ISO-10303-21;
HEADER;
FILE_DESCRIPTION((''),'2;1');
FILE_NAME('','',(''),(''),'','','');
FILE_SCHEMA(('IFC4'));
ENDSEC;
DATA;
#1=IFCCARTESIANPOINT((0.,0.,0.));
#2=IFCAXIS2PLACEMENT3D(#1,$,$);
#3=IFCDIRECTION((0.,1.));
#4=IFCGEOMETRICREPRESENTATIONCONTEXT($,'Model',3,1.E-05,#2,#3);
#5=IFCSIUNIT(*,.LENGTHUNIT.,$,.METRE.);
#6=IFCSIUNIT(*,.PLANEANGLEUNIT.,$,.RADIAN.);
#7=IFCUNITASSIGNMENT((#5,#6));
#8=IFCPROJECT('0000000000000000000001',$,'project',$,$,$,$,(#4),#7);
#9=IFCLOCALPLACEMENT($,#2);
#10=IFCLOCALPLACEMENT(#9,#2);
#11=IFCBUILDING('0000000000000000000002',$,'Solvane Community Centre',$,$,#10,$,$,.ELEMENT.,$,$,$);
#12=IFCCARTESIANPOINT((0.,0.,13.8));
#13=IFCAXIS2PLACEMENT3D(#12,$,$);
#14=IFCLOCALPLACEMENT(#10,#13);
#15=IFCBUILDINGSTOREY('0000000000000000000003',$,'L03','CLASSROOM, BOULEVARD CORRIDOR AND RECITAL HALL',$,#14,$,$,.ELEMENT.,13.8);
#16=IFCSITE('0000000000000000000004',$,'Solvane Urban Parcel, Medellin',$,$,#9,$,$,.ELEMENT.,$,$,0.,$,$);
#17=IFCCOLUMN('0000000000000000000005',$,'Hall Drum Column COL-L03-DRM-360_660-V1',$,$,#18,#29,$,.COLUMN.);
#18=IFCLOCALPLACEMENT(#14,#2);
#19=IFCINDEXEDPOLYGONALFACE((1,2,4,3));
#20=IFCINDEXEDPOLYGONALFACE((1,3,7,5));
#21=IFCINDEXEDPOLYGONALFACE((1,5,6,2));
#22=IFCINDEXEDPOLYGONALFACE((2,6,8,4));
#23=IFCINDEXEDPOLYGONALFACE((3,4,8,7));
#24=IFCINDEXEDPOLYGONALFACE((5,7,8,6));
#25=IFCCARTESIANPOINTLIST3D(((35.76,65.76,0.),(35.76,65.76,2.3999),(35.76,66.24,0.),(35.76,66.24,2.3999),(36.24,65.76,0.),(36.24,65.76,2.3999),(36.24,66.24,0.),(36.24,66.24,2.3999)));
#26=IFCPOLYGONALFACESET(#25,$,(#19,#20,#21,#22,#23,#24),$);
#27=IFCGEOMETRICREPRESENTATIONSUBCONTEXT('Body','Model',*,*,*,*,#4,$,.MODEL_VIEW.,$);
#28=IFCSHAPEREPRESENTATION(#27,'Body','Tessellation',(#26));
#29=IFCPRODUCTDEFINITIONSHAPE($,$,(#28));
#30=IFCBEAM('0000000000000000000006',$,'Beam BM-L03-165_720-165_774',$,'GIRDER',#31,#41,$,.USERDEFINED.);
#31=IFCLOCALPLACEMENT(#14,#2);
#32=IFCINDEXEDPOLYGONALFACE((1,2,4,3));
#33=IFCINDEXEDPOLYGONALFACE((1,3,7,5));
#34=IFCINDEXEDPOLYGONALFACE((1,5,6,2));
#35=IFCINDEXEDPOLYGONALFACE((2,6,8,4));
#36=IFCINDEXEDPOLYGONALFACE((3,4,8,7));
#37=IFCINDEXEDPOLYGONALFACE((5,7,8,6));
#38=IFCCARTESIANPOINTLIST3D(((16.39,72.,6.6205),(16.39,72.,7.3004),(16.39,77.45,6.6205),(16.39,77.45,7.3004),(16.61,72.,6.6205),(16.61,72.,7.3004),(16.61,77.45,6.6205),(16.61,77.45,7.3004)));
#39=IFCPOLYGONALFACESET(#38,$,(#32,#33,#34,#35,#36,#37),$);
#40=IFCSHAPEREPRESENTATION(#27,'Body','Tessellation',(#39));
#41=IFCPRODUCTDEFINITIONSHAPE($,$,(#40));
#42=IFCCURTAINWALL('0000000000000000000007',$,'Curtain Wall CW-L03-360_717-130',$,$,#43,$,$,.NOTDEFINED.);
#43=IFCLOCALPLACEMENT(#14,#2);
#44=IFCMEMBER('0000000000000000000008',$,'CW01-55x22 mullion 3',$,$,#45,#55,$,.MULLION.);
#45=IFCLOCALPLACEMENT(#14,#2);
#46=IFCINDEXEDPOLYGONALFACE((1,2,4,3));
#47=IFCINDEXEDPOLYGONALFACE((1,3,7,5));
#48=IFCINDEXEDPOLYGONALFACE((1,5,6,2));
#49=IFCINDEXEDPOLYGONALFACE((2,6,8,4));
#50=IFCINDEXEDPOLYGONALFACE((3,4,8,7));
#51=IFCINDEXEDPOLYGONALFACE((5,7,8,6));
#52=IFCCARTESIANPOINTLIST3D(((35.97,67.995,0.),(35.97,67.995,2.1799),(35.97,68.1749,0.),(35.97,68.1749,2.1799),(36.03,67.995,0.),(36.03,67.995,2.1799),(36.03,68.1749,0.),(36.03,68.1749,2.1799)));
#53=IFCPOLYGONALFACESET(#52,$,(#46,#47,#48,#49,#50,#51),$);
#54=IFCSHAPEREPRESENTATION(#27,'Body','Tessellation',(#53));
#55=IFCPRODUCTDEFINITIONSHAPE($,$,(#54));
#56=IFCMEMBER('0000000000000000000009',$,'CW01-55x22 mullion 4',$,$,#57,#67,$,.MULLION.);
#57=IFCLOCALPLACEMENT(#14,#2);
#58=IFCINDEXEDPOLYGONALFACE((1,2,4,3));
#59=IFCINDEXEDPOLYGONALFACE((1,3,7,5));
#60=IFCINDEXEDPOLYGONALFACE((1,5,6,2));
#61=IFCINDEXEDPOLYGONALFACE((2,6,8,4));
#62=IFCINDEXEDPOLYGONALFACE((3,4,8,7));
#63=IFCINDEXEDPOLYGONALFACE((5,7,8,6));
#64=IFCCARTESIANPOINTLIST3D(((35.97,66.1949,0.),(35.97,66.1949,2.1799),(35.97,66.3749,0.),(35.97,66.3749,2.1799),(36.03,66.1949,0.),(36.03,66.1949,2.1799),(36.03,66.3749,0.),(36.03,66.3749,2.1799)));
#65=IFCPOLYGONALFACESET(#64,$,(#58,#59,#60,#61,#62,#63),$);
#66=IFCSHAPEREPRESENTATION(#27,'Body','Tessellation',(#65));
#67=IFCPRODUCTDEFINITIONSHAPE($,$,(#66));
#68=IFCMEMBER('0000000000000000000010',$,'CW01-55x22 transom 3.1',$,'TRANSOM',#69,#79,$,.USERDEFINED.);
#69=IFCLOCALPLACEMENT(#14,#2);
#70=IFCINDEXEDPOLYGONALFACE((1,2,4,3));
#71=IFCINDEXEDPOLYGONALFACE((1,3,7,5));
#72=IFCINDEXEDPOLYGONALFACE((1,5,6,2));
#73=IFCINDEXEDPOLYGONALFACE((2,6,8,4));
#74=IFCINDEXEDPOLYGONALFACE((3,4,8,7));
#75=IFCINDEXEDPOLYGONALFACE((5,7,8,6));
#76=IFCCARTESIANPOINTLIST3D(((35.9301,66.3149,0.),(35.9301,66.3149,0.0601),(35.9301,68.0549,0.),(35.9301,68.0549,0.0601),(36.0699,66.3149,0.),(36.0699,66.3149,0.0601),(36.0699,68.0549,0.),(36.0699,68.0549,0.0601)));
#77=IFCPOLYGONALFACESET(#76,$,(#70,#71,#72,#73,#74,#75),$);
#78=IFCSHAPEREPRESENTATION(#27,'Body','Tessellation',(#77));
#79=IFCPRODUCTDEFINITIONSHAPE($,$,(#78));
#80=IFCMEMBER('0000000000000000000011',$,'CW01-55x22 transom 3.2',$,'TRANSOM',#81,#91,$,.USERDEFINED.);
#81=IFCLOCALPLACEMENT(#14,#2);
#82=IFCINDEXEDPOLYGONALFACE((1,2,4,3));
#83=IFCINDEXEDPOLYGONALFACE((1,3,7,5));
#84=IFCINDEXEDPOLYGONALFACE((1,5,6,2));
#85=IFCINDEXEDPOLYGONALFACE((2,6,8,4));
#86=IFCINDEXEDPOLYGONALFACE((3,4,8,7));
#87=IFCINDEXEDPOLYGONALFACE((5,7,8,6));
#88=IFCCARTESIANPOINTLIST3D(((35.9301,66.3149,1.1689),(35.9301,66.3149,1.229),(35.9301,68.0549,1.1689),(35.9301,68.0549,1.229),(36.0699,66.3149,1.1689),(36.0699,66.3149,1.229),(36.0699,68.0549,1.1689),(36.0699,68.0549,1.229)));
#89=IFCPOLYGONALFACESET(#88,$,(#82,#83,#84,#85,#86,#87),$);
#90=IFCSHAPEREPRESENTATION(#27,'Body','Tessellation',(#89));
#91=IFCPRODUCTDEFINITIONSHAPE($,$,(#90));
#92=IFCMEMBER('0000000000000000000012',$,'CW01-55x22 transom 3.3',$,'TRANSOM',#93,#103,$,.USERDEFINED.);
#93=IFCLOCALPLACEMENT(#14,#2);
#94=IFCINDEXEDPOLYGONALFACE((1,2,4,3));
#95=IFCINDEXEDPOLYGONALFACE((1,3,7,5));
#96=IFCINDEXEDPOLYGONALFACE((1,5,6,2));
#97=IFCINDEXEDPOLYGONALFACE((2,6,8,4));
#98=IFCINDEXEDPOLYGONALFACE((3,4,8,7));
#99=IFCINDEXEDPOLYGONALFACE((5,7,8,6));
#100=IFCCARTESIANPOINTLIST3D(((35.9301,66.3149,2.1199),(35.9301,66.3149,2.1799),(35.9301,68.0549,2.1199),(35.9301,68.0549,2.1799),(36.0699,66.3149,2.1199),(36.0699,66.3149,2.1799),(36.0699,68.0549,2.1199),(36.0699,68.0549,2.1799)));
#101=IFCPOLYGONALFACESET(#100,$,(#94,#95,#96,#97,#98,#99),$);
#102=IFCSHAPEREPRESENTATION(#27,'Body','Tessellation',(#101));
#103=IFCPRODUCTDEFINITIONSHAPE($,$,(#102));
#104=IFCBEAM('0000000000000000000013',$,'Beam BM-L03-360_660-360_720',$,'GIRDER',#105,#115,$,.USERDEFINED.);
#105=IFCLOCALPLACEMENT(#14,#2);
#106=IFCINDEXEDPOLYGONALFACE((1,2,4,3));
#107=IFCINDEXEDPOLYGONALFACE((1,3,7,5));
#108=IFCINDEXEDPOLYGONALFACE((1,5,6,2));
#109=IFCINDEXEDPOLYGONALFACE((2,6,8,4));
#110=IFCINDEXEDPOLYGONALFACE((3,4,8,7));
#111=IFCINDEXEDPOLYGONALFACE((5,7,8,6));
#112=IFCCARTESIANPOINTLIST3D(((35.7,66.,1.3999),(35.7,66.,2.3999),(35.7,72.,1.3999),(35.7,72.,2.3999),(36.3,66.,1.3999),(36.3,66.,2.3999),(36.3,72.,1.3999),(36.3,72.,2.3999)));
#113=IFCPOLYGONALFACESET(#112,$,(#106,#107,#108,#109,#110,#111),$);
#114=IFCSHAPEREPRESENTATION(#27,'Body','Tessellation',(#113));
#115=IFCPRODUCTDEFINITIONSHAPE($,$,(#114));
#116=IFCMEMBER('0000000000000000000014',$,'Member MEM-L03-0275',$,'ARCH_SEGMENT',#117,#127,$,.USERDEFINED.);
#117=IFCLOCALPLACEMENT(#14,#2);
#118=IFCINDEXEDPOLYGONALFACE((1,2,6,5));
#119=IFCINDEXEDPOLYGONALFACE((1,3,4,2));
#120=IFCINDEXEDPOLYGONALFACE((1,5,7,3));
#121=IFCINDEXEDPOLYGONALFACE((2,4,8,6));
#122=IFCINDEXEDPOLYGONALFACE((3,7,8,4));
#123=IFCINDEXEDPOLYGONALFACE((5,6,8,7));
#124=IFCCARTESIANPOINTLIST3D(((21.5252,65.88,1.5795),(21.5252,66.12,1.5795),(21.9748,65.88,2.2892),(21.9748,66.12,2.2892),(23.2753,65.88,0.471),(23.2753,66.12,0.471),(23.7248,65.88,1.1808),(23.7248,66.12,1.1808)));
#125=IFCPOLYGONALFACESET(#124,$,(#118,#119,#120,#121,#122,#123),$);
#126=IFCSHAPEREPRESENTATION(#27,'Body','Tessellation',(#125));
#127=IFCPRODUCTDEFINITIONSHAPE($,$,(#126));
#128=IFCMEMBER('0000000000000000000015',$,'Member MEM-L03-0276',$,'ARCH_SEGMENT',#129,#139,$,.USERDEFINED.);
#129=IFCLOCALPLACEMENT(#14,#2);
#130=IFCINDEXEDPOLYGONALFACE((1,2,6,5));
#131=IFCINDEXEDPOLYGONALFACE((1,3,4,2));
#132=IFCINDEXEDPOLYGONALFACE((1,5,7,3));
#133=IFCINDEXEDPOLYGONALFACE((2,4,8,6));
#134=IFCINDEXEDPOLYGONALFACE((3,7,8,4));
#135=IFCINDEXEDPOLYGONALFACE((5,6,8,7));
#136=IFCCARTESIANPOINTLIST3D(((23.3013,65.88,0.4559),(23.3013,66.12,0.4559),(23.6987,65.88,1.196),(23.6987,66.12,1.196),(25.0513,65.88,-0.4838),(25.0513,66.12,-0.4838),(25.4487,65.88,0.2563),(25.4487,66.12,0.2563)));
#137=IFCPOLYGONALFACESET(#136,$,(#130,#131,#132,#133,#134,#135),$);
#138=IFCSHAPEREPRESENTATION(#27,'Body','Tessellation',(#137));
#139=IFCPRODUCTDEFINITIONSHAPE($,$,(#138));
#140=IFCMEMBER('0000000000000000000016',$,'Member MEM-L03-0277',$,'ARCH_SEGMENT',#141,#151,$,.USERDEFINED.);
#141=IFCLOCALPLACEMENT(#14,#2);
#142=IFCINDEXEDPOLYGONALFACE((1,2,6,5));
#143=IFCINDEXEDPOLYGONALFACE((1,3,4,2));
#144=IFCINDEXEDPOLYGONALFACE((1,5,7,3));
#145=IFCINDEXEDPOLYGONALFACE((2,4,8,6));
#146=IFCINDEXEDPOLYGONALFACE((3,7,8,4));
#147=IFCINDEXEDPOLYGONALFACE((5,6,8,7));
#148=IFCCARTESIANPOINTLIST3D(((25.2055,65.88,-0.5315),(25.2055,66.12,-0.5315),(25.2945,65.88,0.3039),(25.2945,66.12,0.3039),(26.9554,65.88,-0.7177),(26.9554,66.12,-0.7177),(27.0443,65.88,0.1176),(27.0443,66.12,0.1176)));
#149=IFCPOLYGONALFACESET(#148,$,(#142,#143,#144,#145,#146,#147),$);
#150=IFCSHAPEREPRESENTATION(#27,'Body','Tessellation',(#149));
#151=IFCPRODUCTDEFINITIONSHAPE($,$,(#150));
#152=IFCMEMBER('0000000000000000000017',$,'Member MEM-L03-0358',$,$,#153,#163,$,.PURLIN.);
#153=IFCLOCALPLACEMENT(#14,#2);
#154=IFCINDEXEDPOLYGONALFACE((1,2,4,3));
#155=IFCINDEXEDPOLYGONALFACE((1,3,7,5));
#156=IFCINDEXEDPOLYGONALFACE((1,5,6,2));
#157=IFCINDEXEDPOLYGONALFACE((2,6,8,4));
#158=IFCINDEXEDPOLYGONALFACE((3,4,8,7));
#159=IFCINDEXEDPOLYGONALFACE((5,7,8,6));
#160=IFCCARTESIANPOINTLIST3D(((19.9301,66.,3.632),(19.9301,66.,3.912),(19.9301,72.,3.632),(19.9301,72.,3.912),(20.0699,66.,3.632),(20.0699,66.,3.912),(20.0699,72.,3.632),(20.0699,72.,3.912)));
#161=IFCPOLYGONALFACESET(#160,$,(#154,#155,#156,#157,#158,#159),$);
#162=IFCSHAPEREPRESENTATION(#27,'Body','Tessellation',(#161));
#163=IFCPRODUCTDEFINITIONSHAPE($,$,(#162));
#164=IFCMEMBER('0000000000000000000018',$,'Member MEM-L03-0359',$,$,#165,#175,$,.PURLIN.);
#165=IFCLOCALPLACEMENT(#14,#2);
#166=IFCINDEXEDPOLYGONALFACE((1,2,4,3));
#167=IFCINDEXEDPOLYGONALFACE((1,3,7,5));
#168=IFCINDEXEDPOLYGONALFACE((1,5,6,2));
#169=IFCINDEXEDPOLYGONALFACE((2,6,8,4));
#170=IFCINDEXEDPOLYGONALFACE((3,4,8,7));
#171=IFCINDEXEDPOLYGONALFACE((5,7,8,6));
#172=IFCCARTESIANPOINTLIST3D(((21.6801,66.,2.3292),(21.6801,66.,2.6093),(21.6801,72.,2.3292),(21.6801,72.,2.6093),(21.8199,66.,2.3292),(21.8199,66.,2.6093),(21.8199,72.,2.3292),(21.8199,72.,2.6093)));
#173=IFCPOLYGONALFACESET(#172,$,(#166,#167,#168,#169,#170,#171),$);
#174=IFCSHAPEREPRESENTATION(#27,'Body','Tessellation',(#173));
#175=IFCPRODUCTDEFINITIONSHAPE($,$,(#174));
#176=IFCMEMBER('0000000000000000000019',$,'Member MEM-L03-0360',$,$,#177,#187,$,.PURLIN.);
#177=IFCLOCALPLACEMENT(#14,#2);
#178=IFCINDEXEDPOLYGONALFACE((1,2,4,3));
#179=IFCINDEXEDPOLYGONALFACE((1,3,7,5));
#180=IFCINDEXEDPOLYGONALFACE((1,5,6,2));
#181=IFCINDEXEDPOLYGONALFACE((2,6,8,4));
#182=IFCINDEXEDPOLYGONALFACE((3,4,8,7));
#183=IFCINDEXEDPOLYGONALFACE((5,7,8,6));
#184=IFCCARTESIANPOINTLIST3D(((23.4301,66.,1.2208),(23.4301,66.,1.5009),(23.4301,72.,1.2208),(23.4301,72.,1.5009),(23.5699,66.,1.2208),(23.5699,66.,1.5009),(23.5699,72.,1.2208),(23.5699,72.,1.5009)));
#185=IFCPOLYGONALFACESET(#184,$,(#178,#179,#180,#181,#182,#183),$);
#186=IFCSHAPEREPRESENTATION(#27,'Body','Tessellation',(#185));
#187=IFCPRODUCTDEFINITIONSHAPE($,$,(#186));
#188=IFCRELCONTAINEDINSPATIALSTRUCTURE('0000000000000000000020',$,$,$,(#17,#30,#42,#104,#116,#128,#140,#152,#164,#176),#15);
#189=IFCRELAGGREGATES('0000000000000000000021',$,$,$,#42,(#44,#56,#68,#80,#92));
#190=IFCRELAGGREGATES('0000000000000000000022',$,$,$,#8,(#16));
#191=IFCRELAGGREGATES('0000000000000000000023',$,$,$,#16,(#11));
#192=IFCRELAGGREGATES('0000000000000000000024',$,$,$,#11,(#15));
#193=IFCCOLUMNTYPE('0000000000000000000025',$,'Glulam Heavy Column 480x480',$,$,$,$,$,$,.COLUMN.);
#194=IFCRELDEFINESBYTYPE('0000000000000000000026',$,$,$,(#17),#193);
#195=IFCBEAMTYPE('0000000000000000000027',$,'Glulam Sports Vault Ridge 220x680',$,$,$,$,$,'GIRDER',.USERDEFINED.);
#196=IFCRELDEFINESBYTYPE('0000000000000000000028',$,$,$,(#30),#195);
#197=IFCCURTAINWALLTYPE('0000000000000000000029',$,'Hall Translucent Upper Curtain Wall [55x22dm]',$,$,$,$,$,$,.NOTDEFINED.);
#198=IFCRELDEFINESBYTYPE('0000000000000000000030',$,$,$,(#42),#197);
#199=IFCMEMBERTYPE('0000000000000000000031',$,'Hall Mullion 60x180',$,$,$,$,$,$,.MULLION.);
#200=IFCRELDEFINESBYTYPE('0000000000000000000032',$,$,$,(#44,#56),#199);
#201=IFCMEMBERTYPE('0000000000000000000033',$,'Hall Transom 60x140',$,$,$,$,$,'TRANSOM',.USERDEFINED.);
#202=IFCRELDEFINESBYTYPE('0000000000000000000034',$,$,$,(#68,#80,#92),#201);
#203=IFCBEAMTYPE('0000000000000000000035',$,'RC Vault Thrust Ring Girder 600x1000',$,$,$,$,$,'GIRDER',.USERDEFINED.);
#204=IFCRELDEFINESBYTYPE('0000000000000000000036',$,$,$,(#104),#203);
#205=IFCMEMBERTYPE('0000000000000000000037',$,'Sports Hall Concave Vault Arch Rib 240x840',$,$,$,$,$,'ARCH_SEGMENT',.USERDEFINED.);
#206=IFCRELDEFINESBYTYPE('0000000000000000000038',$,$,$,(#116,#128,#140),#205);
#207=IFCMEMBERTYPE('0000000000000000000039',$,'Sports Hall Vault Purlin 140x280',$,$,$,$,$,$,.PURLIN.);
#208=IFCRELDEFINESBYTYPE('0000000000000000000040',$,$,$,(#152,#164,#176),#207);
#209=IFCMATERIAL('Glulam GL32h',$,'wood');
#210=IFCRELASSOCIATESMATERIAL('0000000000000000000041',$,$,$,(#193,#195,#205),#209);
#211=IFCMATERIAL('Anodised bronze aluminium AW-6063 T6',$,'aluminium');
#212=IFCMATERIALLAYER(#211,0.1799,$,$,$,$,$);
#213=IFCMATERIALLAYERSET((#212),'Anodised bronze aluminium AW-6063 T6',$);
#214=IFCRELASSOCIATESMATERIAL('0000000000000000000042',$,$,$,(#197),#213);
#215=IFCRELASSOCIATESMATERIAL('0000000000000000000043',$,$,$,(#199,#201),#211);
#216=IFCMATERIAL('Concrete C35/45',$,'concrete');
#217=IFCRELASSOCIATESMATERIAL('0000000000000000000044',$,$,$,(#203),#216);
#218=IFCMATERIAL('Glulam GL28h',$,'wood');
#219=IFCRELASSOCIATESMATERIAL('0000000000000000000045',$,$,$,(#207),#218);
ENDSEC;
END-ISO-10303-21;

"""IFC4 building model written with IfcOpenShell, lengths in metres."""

from ifc_helpers import new_model, si_unit, direction, frame, origin, origin_2d, place, context, subcontext, project, spatial, rectangle, extrude, material, layer, layer_set, material_profile, profile_set, type_object, element, aggregate, save


model = new_model("IFC4")

# Units and contexts
model_context = context("Model", 3, precision=1e-05, world=origin(), true_north=direction((0.0, 1.0)))
body_context = subcontext(model_context, "Body", "Model", "MODEL_VIEW")
ifc_project = project(units=[si_unit("LENGTHUNIT", "METRE"), si_unit("PLANEANGLEUNIT", "RADIAN")], contexts=[model_context])

# Site, building, storey
site_placement = place(None, origin())
site = spatial("IfcSite", under=ifc_project, at=site_placement, Name="Solvane Urban Parcel, Medellin", CompositionType="ELEMENT", RefElevation=0.0)
building_placement = place(site_placement, origin())
building = spatial("IfcBuilding", under=site, at=building_placement, Name="Solvane Community Centre", CompositionType="ELEMENT")
storey_placement = place(building_placement, frame((0.0, 0.0, 13.8)))
storey = spatial("IfcBuildingStorey", under=building, at=storey_placement, Name="L03", Description="CLASSROOM, BOULEVARD CORRIDOR AND RECITAL HALL", CompositionType="ELEMENT", Elevation=13.8)

# Column
ifc_material_1 = material(Name="Glulam GL32h", Category="wood")
ifc_material_profile_1 = material_profile(ifc_material_1, rectangle(XDim=0.48, YDim=0.48, at=origin_2d()), Name="GL32h 480x480")
ifc_profile_set_1 = profile_set([ifc_material_profile_1], Name="Glulam GL32h")
column_type = type_object("IfcColumnType", Name="Glulam Heavy Column 480x480", PredefinedType="COLUMN", material=ifc_profile_set_1)
column_placement = place(storey_placement, frame((36.0, 66.0, 0.0), z_axis=(0.0, 0.0, 1.0), x_axis=(1.0, 0.0, 0.0)))
element("IfcColumn", 1, at=column_placement, inside=storey, type_object=column_type, Name="Hall Drum Column COL-L03-DRM-360_660-V1", PredefinedType="COLUMN", context=body_context, shape_type="SweptSolid", body=[
    extrude(rectangle(XDim=0.48, YDim=0.48, at=origin_2d()), origin(), (0.0, 0.0, 1.0), 2.3999),
])

# Beam
ifc_material_profile_2 = material_profile(ifc_material_1, rectangle(XDim=0.22, YDim=0.6799, at=origin_2d()), Name="GL32h 220x680")
ifc_profile_set_2 = profile_set([ifc_material_profile_2], Name="Glulam GL32h")
beam_type_1 = type_object("IfcBeamType", Name="Glulam Sports Vault Ridge 220x680", ElementType="GIRDER", PredefinedType="USERDEFINED", material=ifc_profile_set_2)
beam_1_placement = place(storey_placement, frame((16.5, 72.0, 6.9604), z_axis=(0.0, 1.0, 0.0), x_axis=(-1.0, 0.0, 0.0)))
element("IfcBeam", 2, at=beam_1_placement, inside=storey, type_object=beam_type_1, Name="Beam BM-L03-165_720-165_774", ObjectType="GIRDER", PredefinedType="USERDEFINED", context=body_context, shape_type="SweptSolid", body=[
    extrude(rectangle(XDim=0.22, YDim=0.6799, at=origin_2d()), origin(), (0.0, 0.0, 1.0), 5.45),
])

# Curtain wall, members
ifc_material_2 = material(Name="Anodised bronze aluminium AW-6063 T6", Category="aluminium")
ifc_layer_1 = layer(ifc_material_2, 0.1799)
ifc_layer_set_1 = layer_set([ifc_layer_1], Name="Anodised bronze aluminium AW-6063 T6")
curtain_wall_type = type_object("IfcCurtainWallType", Name="Hall Translucent Upper Curtain Wall [55x22dm]", PredefinedType="NOTDEFINED", material=ifc_layer_set_1)
curtain_wall_placement = place(storey_placement, origin())
curtain_wall = element("IfcCurtainWall", 3, at=curtain_wall_placement, inside=storey, type_object=curtain_wall_type, Name="Curtain Wall CW-L03-360_717-130", PredefinedType="NOTDEFINED")
ifc_material_profile_3 = material_profile(ifc_material_2, rectangle(XDim=0.0601, YDim=0.1799, at=origin_2d()), Name="CW-M 60x180")
ifc_profile_set_3 = profile_set([ifc_material_profile_3], Name="Anodised bronze aluminium AW-6063 T6")
member_type_1 = type_object("IfcMemberType", Name="Hall Mullion 60x180", PredefinedType="MULLION", material=ifc_profile_set_3)
member_1_placement = place(storey_placement, frame((36.0, 68.085, 0.0), z_axis=(0.0, 0.0, 1.0), x_axis=(1.0, 0.0, 0.0)))
member_1 = element("IfcMember", 4, at=member_1_placement, type_object=member_type_1, Name="CW01-55x22 mullion 3", PredefinedType="MULLION", context=body_context, shape_type="SweptSolid", body=[
    extrude(rectangle(XDim=0.0601, YDim=0.1799, at=origin_2d()), origin(), (0.0, 0.0, 1.0), 2.1799),
])
member_2_placement = place(storey_placement, frame((36.0, 66.2849, 0.0), z_axis=(0.0, 0.0, 1.0), x_axis=(1.0, 0.0, 0.0)))
member_2 = element("IfcMember", 5, at=member_2_placement, type_object=member_type_1, Name="CW01-55x22 mullion 4", PredefinedType="MULLION", context=body_context, shape_type="SweptSolid", body=[
    extrude(rectangle(XDim=0.0601, YDim=0.1799, at=origin_2d()), origin(), (0.0, 0.0, 1.0), 2.1799),
])
ifc_material_profile_4 = material_profile(ifc_material_2, rectangle(XDim=0.1399, YDim=0.0601, at=origin_2d()), Name="CW-T 60x140")
ifc_profile_set_4 = profile_set([ifc_material_profile_4], Name="Anodised bronze aluminium AW-6063 T6")
member_type_2 = type_object("IfcMemberType", Name="Hall Transom 60x140", ElementType="TRANSOM", PredefinedType="USERDEFINED", material=ifc_profile_set_4)
member_3_placement = place(storey_placement, frame((36.0, 68.0549, 0.03), z_axis=(0.0, -1.0, 0.0), x_axis=(1.0, 0.0, 0.0)))
member_3 = element("IfcMember", 6, at=member_3_placement, type_object=member_type_2, Name="CW01-55x22 transom 3.1", ObjectType="TRANSOM", PredefinedType="USERDEFINED", context=body_context, shape_type="SweptSolid", body=[
    extrude(rectangle(XDim=0.1399, YDim=0.0601, at=origin_2d()), origin(), (0.0, 0.0, 1.0), 1.74),
])
member_4_placement = place(storey_placement, frame((36.0, 68.0549, 1.199), z_axis=(0.0, -1.0, 0.0), x_axis=(1.0, 0.0, 0.0)))
member_4 = element("IfcMember", 7, at=member_4_placement, type_object=member_type_2, Name="CW01-55x22 transom 3.2", ObjectType="TRANSOM", PredefinedType="USERDEFINED", context=body_context, shape_type="SweptSolid", body=[
    extrude(rectangle(XDim=0.1399, YDim=0.0601, at=origin_2d()), origin(), (0.0, 0.0, 1.0), 1.74),
])
member_5_placement = place(storey_placement, frame((36.0, 68.0549, 2.1499), z_axis=(0.0, -1.0, 0.0), x_axis=(1.0, 0.0, 0.0)))
member_5 = element("IfcMember", 8, at=member_5_placement, type_object=member_type_2, Name="CW01-55x22 transom 3.3", ObjectType="TRANSOM", PredefinedType="USERDEFINED", context=body_context, shape_type="SweptSolid", body=[
    extrude(rectangle(XDim=0.1399, YDim=0.0601, at=origin_2d()), origin(), (0.0, 0.0, 1.0), 1.74),
])

# Beam
ifc_material_3 = material(Name="Concrete C35/45", Category="concrete")
ifc_material_profile_5 = material_profile(ifc_material_3, rectangle(XDim=0.6001, YDim=1.0, at=origin_2d()), Name="RC 600x1000")
ifc_profile_set_5 = profile_set([ifc_material_profile_5], Name="Concrete C35/45")
beam_type_2 = type_object("IfcBeamType", Name="RC Vault Thrust Ring Girder 600x1000", ElementType="GIRDER", PredefinedType="USERDEFINED", material=ifc_profile_set_5)
beam_2_placement = place(storey_placement, frame((36.0, 66.0, 1.8999), z_axis=(0.0, 1.0, 0.0), x_axis=(-1.0, 0.0, 0.0)))
element("IfcBeam", 9, at=beam_2_placement, inside=storey, type_object=beam_type_2, Name="Beam BM-L03-360_660-360_720", ObjectType="GIRDER", PredefinedType="USERDEFINED", context=body_context, shape_type="SweptSolid", body=[
    extrude(rectangle(XDim=0.6001, YDim=1.0, at=origin_2d()), origin(), (0.0, 0.0, 1.0), 6.0),
])

# Members
ifc_material_profile_6 = material_profile(ifc_material_1, rectangle(XDim=0.24, YDim=0.8401, at=origin_2d()), Name="GL32h 240x840")
ifc_profile_set_6 = profile_set([ifc_material_profile_6], Name="Glulam GL32h")
member_type_3 = type_object("IfcMemberType", Name="Sports Hall Concave Vault Arch Rib 240x840", ElementType="ARCH_SEGMENT", PredefinedType="USERDEFINED", material=ifc_profile_set_6)
member_6_placement = place(storey_placement, frame((21.75, 66.0, 1.9343), z_axis=(0.844805, 0.0, -0.535075), x_axis=(0.0, 1.0, 0.0)))
element("IfcMember", 10, at=member_6_placement, inside=storey, type_object=member_type_3, Name="Member MEM-L03-0275", ObjectType="ARCH_SEGMENT", PredefinedType="USERDEFINED", context=body_context, shape_type="SweptSolid", body=[
    extrude(rectangle(XDim=0.24, YDim=0.8401, at=origin_2d()), origin(), (0.0, 0.0, 1.0), 2.0715),
])
member_7_placement = place(storey_placement, frame((23.5, 66.0, 0.8259), z_axis=(0.881019, 0.0, -0.473081), x_axis=(0.0, 1.0, 0.0)))
element("IfcMember", 11, at=member_7_placement, inside=storey, type_object=member_type_3, Name="Member MEM-L03-0276", ObjectType="ARCH_SEGMENT", PredefinedType="USERDEFINED", context=body_context, shape_type="SweptSolid", body=[
    extrude(rectangle(XDim=0.24, YDim=0.8401, at=origin_2d()), origin(), (0.0, 0.0, 1.0), 1.9863),
])
member_8_placement = place(storey_placement, frame((25.25, 66.0, -0.1138), z_axis=(0.994382, 0.0, -0.105847), x_axis=(0.0, 1.0, 0.0)))
element("IfcMember", 12, at=member_8_placement, inside=storey, type_object=member_type_3, Name="Member MEM-L03-0277", ObjectType="ARCH_SEGMENT", PredefinedType="USERDEFINED", context=body_context, shape_type="SweptSolid", body=[
    extrude(rectangle(XDim=0.24, YDim=0.8401, at=origin_2d()), origin(), (0.0, 0.0, 1.0), 1.7598),
])
ifc_material_4 = material(Name="Glulam GL28h", Category="wood")
ifc_material_profile_7 = material_profile(ifc_material_4, rectangle(XDim=0.1399, YDim=0.28, at=origin_2d()), Name="GL28h 140x280")
ifc_profile_set_7 = profile_set([ifc_material_profile_7], Name="Glulam GL28h")
member_type_4 = type_object("IfcMemberType", Name="Sports Hall Vault Purlin 140x280", PredefinedType="PURLIN", material=ifc_profile_set_7)
for number, where, z_axis, x_axis, name in (
    (13, (20.0, 66.0, 3.772), (0.0, 1.0, 0.0), (-1.0, 0.0, 0.0), "Member MEM-L03-0358"),
    (14, (21.75, 66.0, 2.4692), (0.0, 1.0, 0.0), (-1.0, 0.0, 0.0), "Member MEM-L03-0359"),
    (15, (23.5, 66.0, 1.3608), (0.0, 1.0, 0.0), (-1.0, 0.0, 0.0), "Member MEM-L03-0360"),
):
    element("IfcMember", number, at=place(storey_placement, frame(where, z_axis=z_axis, x_axis=x_axis)), inside=storey, type_object=member_type_4, Name=name, PredefinedType="PURLIN", context=body_context, shape_type="SweptSolid", body=[
        extrude(rectangle(XDim=0.1399, YDim=0.28, at=origin_2d()), origin(), (0.0, 0.0, 1.0), 6.0),
    ])

aggregate(curtain_wall, [member_1, member_2, member_3, member_4, member_5])

save(model, "model.ifc")
